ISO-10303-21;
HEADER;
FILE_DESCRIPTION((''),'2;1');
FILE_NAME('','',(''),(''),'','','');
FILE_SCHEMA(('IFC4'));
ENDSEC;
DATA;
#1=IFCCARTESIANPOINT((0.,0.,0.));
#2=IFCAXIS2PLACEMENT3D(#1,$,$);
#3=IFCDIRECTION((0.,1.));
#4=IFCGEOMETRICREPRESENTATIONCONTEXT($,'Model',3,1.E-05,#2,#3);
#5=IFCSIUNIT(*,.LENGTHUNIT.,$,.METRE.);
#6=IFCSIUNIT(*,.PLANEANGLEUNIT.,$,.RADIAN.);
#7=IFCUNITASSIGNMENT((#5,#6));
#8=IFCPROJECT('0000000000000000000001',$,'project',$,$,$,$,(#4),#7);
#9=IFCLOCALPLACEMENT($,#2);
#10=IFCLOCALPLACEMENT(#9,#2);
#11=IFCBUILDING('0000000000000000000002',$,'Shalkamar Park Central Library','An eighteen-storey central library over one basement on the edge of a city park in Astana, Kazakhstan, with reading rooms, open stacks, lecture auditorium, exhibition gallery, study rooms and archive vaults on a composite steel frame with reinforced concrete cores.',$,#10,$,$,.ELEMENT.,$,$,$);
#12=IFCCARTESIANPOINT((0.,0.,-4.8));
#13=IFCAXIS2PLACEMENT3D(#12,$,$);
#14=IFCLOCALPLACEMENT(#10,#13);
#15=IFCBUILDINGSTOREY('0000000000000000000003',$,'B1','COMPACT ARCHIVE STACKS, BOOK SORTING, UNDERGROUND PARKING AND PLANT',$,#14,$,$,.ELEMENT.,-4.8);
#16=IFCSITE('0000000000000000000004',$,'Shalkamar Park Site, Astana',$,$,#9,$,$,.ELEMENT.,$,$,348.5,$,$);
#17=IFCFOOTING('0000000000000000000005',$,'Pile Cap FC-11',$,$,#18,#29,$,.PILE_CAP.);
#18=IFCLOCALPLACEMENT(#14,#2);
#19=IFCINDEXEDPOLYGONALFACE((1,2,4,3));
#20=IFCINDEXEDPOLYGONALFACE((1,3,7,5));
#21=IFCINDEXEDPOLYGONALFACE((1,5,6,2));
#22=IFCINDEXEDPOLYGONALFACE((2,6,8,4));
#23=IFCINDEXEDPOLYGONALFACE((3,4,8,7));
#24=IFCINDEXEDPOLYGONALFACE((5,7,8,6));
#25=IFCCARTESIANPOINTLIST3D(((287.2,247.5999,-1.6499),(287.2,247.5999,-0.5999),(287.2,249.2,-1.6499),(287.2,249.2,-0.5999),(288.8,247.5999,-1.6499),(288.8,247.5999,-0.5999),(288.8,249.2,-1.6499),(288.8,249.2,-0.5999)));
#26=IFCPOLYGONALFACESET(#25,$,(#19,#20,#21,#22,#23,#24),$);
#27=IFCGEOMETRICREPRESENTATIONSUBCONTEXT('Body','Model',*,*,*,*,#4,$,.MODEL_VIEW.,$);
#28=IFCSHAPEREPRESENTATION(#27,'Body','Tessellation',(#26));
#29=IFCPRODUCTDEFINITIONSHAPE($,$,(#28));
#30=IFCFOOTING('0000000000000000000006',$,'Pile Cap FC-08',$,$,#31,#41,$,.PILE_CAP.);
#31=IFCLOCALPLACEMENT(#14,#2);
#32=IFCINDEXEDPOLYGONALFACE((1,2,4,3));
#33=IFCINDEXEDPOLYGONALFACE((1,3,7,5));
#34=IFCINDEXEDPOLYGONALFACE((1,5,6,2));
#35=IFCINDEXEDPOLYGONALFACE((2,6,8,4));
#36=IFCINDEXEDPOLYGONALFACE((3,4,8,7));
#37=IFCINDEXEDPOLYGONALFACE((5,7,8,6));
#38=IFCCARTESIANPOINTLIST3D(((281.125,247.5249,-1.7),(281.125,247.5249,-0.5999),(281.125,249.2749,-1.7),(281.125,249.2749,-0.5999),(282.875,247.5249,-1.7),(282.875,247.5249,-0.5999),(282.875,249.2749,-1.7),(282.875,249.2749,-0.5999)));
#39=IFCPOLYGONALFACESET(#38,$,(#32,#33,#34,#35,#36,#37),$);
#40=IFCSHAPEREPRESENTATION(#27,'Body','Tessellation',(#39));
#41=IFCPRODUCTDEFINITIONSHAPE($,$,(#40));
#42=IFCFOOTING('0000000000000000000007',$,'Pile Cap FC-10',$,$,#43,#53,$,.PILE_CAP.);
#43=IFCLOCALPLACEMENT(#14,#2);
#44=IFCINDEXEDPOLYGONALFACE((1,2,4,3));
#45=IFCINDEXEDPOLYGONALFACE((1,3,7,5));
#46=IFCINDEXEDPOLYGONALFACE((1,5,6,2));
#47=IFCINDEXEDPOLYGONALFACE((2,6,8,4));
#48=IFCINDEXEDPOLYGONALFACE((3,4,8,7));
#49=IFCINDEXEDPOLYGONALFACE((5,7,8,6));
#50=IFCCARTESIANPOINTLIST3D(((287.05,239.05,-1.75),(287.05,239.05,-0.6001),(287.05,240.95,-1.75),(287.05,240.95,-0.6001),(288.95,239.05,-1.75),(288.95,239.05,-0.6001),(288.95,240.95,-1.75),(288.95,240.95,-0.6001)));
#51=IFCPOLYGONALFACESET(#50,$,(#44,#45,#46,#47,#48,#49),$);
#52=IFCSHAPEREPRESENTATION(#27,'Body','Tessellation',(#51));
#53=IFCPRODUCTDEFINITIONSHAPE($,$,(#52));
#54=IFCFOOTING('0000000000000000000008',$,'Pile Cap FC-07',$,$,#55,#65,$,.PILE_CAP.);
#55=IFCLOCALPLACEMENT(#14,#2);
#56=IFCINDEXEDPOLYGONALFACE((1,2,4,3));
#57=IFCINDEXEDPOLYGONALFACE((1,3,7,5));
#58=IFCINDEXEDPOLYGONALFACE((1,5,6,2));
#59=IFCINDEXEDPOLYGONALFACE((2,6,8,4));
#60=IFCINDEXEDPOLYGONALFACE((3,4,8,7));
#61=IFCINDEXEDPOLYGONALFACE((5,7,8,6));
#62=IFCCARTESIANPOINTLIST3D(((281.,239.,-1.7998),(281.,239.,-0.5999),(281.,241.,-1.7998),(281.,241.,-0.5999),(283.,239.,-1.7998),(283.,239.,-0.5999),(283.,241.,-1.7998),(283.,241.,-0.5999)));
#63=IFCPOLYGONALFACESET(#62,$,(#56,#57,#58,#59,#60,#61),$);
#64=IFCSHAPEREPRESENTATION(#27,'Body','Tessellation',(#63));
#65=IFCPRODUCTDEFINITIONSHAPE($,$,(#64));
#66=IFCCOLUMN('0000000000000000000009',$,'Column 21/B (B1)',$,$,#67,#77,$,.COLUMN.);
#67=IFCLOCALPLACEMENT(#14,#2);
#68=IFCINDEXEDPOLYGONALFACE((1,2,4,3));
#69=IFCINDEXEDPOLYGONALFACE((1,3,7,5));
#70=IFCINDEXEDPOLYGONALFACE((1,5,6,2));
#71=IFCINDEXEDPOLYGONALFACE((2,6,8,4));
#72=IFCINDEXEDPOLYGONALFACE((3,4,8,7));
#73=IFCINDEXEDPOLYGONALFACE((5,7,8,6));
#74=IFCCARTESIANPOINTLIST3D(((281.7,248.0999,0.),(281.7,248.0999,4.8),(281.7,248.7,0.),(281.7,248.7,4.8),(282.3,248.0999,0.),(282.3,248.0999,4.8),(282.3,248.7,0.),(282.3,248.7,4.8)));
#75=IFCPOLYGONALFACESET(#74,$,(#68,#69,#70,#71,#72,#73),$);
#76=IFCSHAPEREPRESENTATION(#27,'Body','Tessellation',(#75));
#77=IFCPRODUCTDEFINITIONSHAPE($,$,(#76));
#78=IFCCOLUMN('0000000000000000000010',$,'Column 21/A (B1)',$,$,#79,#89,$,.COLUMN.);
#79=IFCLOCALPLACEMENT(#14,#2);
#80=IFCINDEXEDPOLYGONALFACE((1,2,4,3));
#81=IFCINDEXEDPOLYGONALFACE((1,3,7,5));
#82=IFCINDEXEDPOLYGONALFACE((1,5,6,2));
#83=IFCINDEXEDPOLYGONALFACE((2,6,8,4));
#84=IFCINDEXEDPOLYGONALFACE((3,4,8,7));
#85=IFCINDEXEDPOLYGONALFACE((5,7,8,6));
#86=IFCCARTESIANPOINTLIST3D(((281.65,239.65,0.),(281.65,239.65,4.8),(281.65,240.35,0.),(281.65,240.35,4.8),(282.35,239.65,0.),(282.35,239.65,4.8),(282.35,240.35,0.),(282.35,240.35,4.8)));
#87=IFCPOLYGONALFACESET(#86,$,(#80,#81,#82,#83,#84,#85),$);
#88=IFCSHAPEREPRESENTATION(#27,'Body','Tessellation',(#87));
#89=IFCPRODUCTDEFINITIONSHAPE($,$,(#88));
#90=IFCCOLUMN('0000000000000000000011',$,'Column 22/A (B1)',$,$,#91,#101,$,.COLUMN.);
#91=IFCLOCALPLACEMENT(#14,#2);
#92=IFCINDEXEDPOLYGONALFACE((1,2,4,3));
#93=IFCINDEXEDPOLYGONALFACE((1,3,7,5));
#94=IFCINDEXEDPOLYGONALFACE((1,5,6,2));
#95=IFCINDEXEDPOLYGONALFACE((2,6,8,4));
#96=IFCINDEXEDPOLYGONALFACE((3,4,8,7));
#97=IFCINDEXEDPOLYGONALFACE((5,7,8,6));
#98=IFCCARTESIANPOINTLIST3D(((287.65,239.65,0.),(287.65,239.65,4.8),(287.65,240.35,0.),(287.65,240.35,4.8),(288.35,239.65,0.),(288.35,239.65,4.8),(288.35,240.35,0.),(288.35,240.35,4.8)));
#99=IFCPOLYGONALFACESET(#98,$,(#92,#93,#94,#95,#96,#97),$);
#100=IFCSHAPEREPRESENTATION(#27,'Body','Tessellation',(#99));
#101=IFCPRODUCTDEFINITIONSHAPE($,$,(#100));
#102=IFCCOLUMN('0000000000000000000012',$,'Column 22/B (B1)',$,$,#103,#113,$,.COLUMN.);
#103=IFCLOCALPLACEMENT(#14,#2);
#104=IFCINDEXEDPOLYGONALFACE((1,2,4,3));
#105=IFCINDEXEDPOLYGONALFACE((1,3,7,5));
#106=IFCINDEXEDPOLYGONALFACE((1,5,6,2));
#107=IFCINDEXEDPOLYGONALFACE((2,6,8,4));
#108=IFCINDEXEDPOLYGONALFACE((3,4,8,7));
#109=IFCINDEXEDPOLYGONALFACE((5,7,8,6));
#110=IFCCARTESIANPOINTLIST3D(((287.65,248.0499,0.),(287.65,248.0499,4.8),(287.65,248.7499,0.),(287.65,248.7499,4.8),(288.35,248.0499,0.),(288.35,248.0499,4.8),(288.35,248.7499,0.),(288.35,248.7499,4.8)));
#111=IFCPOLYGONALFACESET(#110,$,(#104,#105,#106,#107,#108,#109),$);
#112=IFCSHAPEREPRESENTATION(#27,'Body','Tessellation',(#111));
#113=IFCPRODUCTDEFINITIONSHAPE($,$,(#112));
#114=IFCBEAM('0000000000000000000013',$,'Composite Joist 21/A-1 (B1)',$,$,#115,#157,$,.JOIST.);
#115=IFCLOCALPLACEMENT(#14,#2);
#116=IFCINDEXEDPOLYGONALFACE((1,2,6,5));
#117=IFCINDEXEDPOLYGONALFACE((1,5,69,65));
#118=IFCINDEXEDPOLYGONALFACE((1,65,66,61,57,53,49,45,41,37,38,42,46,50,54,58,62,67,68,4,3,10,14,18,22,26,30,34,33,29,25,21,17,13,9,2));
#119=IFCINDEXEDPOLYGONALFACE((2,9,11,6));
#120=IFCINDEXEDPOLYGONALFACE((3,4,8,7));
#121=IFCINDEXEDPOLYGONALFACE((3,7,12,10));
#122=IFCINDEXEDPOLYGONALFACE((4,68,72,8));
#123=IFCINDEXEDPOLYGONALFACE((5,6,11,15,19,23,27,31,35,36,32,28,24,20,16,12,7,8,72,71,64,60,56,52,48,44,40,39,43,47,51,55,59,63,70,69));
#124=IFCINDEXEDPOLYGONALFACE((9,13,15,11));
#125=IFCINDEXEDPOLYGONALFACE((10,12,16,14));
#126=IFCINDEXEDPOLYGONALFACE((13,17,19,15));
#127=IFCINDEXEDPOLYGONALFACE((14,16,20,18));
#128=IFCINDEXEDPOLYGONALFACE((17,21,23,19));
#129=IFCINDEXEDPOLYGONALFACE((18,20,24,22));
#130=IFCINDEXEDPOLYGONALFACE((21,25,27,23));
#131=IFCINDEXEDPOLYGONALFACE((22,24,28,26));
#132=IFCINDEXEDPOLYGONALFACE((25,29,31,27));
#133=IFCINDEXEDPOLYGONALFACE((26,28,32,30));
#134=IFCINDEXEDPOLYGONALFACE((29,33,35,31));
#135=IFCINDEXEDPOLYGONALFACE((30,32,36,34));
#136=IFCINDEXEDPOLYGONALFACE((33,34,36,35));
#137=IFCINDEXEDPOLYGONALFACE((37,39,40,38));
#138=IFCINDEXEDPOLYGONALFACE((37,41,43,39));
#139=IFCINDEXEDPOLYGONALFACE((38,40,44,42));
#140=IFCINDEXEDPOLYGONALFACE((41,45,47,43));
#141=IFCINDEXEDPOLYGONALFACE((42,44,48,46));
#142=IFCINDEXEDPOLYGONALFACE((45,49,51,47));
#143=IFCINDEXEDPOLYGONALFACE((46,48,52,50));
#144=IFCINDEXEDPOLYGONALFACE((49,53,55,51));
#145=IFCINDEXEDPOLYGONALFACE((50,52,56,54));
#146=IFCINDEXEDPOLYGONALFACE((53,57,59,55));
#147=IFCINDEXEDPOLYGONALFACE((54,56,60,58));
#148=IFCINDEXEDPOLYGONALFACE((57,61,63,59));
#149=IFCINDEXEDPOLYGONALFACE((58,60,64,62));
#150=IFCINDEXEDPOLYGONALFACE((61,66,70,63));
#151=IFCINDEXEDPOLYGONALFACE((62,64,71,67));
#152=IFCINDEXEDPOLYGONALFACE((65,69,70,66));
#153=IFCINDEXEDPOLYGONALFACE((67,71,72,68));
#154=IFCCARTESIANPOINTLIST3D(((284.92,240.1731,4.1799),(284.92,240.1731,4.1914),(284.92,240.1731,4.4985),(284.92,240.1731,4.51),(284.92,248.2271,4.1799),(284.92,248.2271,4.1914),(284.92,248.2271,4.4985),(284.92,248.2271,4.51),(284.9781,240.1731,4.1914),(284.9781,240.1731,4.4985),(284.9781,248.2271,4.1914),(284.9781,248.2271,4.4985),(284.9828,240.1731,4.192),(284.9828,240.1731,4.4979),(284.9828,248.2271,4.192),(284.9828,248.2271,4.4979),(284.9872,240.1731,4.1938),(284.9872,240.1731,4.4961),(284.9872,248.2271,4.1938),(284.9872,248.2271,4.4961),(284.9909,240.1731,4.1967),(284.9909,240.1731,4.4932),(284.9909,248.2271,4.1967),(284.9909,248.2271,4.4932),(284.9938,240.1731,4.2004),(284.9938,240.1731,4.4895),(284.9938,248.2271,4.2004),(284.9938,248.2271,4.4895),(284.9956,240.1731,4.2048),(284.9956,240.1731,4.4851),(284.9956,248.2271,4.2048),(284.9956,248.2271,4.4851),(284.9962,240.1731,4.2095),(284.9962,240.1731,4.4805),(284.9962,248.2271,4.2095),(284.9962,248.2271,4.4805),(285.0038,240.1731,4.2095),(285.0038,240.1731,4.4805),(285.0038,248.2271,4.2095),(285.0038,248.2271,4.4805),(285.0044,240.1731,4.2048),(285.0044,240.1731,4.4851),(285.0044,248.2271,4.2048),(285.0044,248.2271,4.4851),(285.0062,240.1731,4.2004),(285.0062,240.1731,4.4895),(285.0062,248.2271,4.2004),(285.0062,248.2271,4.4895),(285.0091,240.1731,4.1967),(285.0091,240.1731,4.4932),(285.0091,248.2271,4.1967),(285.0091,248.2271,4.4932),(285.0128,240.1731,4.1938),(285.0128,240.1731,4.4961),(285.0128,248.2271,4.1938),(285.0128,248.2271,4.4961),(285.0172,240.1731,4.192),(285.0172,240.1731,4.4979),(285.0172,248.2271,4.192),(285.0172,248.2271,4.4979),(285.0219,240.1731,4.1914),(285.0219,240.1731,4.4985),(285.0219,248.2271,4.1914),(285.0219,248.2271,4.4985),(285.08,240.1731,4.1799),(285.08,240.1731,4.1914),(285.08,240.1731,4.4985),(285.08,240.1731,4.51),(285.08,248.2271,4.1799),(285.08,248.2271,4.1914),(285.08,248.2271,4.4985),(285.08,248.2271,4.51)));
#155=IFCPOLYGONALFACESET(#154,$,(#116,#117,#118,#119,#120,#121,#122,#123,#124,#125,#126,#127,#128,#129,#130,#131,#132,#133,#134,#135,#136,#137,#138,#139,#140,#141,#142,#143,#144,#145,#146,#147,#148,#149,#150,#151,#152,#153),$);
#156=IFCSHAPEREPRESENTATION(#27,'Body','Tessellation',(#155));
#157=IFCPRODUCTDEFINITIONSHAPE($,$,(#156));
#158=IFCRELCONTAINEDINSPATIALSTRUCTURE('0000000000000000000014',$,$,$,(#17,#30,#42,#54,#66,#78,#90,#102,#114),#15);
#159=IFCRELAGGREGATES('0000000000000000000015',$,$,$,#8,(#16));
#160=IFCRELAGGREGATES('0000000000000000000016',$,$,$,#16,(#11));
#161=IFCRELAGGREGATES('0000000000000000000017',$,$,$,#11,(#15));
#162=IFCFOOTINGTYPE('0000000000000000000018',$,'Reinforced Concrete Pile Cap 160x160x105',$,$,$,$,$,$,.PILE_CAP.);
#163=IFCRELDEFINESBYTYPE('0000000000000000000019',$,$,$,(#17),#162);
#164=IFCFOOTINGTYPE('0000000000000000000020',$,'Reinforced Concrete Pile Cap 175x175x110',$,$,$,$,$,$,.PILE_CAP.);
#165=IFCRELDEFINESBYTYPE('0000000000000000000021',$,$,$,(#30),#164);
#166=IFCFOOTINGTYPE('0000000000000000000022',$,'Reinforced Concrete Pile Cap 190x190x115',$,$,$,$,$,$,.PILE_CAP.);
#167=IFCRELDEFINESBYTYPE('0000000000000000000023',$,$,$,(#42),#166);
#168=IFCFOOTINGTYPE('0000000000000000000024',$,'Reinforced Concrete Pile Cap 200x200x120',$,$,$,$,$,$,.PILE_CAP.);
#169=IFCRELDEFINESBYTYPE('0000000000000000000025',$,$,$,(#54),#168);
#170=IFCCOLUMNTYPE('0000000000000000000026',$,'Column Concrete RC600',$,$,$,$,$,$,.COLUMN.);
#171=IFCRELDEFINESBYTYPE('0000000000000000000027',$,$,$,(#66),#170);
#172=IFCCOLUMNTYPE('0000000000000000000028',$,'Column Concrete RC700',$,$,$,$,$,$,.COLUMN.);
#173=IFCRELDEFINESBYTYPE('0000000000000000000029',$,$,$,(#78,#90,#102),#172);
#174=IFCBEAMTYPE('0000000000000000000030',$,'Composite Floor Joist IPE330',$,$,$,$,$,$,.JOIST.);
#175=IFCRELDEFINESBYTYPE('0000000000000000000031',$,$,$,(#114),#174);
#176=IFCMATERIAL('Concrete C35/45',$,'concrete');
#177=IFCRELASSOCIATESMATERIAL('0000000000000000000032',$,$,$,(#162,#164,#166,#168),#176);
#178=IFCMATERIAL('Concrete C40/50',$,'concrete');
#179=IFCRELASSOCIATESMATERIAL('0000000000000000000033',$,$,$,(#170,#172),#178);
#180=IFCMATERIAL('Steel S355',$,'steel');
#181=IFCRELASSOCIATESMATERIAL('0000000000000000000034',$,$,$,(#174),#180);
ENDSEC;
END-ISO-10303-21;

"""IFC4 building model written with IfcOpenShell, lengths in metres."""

from ifc_helpers import new_model, si_unit, direction, frame, origin, origin_2d, place, context, subcontext, project, spatial, rectangle, i_section, extrude, material, material_profile, profile_set, type_object, element, save


model = new_model("IFC4")

# Units and contexts
model_context = context("Model", 3, precision=1e-05, world=origin(), true_north=direction((0.0, 1.0)))
body_context = subcontext(model_context, "Body", "Model", "MODEL_VIEW")
ifc_project = project(units=[si_unit("LENGTHUNIT", "METRE"), si_unit("PLANEANGLEUNIT", "RADIAN")], contexts=[model_context])

# Site, building, storey
site_placement = place(None, origin())
site = spatial("IfcSite", under=ifc_project, at=site_placement, Name="Shalkamar Park Site, Astana", CompositionType="ELEMENT", RefElevation=348.5)
building_placement = place(site_placement, origin())
building = spatial("IfcBuilding", under=site, at=building_placement, Name="Shalkamar Park Central Library", Description="An eighteen-storey central library over one basement on the edge of a city park in Astana, Kazakhstan, with reading rooms, open stacks, lecture auditorium, exhibition gallery, study rooms and archive vaults on a composite steel frame with reinforced concrete cores.", CompositionType="ELEMENT")
storey_placement = place(building_placement, frame((0.0, 0.0, -4.8)))
storey = spatial("IfcBuildingStorey", under=building, at=storey_placement, Name="B1", Description="COMPACT ARCHIVE STACKS, BOOK SORTING, UNDERGROUND PARKING AND PLANT", CompositionType="ELEMENT", Elevation=-4.8)

# Shared definitions
ifc_material_1 = material(Name="Concrete C35/45", Category="concrete")

# Footings
footing_type_1 = type_object("IfcFootingType", Name="Reinforced Concrete Pile Cap 160x160x105", PredefinedType="PILE_CAP", material=ifc_material_1)
footing_1_placement = place(storey_placement, frame((288.0, 248.3999, -1.6499), z_axis=(0.0, 0.0, 1.0), x_axis=(1.0, 0.0, 0.0)))
element("IfcFooting", 1, at=footing_1_placement, inside=storey, type_object=footing_type_1, Name="Pile Cap FC-11", PredefinedType="PILE_CAP", context=body_context, shape_type="SweptSolid", body=[
    extrude(rectangle(XDim=1.6001, YDim=1.6001, at=origin_2d()), origin(), (0.0, 0.0, 1.0), 1.05),
])
footing_type_2 = type_object("IfcFootingType", Name="Reinforced Concrete Pile Cap 175x175x110", PredefinedType="PILE_CAP", material=ifc_material_1)
footing_2_placement = place(storey_placement, frame((282.0, 248.3999, -1.7), z_axis=(0.0, 0.0, 1.0), x_axis=(1.0, 0.0, 0.0)))
element("IfcFooting", 2, at=footing_2_placement, inside=storey, type_object=footing_type_2, Name="Pile Cap FC-08", PredefinedType="PILE_CAP", context=body_context, shape_type="SweptSolid", body=[
    extrude(rectangle(XDim=1.75, YDim=1.75, at=origin_2d()), origin(), (0.0, 0.0, 1.0), 1.1001),
])
footing_type_3 = type_object("IfcFootingType", Name="Reinforced Concrete Pile Cap 190x190x115", PredefinedType="PILE_CAP", material=ifc_material_1)
footing_3_placement = place(storey_placement, frame((288.0, 240.0, -1.75), z_axis=(0.0, 0.0, 1.0), x_axis=(1.0, 0.0, 0.0)))
element("IfcFooting", 3, at=footing_3_placement, inside=storey, type_object=footing_type_3, Name="Pile Cap FC-10", PredefinedType="PILE_CAP", context=body_context, shape_type="SweptSolid", body=[
    extrude(rectangle(XDim=1.8999, YDim=1.8999, at=origin_2d()), origin(), (0.0, 0.0, 1.0), 1.1499),
])
footing_type_4 = type_object("IfcFootingType", Name="Reinforced Concrete Pile Cap 200x200x120", PredefinedType="PILE_CAP", material=ifc_material_1)
footing_4_placement = place(storey_placement, frame((282.0, 240.0, -1.7998), z_axis=(0.0, 0.0, 1.0), x_axis=(1.0, 0.0, 0.0)))
element("IfcFooting", 4, at=footing_4_placement, inside=storey, type_object=footing_type_4, Name="Pile Cap FC-07", PredefinedType="PILE_CAP", context=body_context, shape_type="SweptSolid", body=[
    extrude(rectangle(XDim=2.0, YDim=2.0, at=origin_2d()), origin(), (0.0, 0.0, 1.0), 1.2),
])

# Columns
ifc_material_2 = material(Name="Concrete C40/50", Category="concrete")
ifc_material_profile_1 = material_profile(ifc_material_2, rectangle(XDim=0.6001, YDim=0.6001, at=origin_2d()), Name="RC 600x600")
ifc_profile_set_1 = profile_set([ifc_material_profile_1], Name="Concrete C40/50")
column_type_1 = type_object("IfcColumnType", Name="Column Concrete RC600", PredefinedType="COLUMN", material=ifc_profile_set_1)
column_placement = place(storey_placement, frame((282.0, 248.3999, 0.0), z_axis=(0.0, 0.0, 1.0), x_axis=(1.0, 0.0, 0.0)))
element("IfcColumn", 5, at=column_placement, inside=storey, type_object=column_type_1, Name="Column 21/B (B1)", PredefinedType="COLUMN", context=body_context, shape_type="SweptSolid", body=[
    extrude(rectangle(XDim=0.6001, YDim=0.6001, at=origin_2d()), origin(), (0.0, 0.0, 1.0), 4.8),
])
ifc_material_profile_2 = material_profile(ifc_material_2, rectangle(XDim=0.7, YDim=0.7, at=origin_2d()), Name="RC 700x700")
ifc_profile_set_2 = profile_set([ifc_material_profile_2], Name="Concrete C40/50")
column_type_2 = type_object("IfcColumnType", Name="Column Concrete RC700", PredefinedType="COLUMN", material=ifc_profile_set_2)
for number, where, z_axis, x_axis, name in (
    (6, (282.0, 240.0, 0.0), (0.0, 0.0, 1.0), (1.0, 0.0, 0.0), "Column 21/A (B1)"),
    (7, (288.0, 240.0, 0.0), (0.0, 0.0, 1.0), (1.0, 0.0, 0.0), "Column 22/A (B1)"),
    (8, (288.0, 248.3999, 0.0), (0.0, 0.0, 1.0), (1.0, 0.0, 0.0), "Column 22/B (B1)"),
):
    element("IfcColumn", number, at=place(storey_placement, frame(where, z_axis=z_axis, x_axis=x_axis)), inside=storey, type_object=column_type_2, Name=name, PredefinedType="COLUMN", context=body_context, shape_type="SweptSolid", body=[
        extrude(rectangle(XDim=0.7, YDim=0.7, at=origin_2d()), origin(), (0.0, 0.0, 1.0), 4.8),
    ])

# Beam
ifc_material_3 = material(Name="Steel S355", Category="steel")
ifc_material_profile_3 = material_profile(ifc_material_3, i_section(OverallWidth=0.1599, OverallDepth=0.3301, WebThickness=0.0076, FlangeThickness=0.0115, FilletRadius=0.0181, at=origin_2d()), Name="IPE 330")
ifc_profile_set_3 = profile_set([ifc_material_profile_3], Name="Steel S355")
beam_type_1 = type_object("IfcBeamType", Name="Composite Floor Joist IPE330", PredefinedType="JOIST", material=ifc_profile_set_3)
beam_1_placement = place(storey_placement, frame((285.0, 240.1731, 4.345), z_axis=(0.0, 1.0, 0.0), x_axis=(-1.0, 0.0, 0.0)))
element("IfcBeam", 9, at=beam_1_placement, inside=storey, type_object=beam_type_1, Name="Composite Joist 21/A-1 (B1)", PredefinedType="JOIST", context=body_context, shape_type="SweptSolid", body=[
    extrude(i_section(OverallWidth=0.1599, OverallDepth=0.3301, WebThickness=0.0076, FlangeThickness=0.0115, FilletRadius=0.0181, at=origin_2d()), origin(), (0.0, 0.0, 1.0), 8.054),
])

save(model, "model.ifc")
